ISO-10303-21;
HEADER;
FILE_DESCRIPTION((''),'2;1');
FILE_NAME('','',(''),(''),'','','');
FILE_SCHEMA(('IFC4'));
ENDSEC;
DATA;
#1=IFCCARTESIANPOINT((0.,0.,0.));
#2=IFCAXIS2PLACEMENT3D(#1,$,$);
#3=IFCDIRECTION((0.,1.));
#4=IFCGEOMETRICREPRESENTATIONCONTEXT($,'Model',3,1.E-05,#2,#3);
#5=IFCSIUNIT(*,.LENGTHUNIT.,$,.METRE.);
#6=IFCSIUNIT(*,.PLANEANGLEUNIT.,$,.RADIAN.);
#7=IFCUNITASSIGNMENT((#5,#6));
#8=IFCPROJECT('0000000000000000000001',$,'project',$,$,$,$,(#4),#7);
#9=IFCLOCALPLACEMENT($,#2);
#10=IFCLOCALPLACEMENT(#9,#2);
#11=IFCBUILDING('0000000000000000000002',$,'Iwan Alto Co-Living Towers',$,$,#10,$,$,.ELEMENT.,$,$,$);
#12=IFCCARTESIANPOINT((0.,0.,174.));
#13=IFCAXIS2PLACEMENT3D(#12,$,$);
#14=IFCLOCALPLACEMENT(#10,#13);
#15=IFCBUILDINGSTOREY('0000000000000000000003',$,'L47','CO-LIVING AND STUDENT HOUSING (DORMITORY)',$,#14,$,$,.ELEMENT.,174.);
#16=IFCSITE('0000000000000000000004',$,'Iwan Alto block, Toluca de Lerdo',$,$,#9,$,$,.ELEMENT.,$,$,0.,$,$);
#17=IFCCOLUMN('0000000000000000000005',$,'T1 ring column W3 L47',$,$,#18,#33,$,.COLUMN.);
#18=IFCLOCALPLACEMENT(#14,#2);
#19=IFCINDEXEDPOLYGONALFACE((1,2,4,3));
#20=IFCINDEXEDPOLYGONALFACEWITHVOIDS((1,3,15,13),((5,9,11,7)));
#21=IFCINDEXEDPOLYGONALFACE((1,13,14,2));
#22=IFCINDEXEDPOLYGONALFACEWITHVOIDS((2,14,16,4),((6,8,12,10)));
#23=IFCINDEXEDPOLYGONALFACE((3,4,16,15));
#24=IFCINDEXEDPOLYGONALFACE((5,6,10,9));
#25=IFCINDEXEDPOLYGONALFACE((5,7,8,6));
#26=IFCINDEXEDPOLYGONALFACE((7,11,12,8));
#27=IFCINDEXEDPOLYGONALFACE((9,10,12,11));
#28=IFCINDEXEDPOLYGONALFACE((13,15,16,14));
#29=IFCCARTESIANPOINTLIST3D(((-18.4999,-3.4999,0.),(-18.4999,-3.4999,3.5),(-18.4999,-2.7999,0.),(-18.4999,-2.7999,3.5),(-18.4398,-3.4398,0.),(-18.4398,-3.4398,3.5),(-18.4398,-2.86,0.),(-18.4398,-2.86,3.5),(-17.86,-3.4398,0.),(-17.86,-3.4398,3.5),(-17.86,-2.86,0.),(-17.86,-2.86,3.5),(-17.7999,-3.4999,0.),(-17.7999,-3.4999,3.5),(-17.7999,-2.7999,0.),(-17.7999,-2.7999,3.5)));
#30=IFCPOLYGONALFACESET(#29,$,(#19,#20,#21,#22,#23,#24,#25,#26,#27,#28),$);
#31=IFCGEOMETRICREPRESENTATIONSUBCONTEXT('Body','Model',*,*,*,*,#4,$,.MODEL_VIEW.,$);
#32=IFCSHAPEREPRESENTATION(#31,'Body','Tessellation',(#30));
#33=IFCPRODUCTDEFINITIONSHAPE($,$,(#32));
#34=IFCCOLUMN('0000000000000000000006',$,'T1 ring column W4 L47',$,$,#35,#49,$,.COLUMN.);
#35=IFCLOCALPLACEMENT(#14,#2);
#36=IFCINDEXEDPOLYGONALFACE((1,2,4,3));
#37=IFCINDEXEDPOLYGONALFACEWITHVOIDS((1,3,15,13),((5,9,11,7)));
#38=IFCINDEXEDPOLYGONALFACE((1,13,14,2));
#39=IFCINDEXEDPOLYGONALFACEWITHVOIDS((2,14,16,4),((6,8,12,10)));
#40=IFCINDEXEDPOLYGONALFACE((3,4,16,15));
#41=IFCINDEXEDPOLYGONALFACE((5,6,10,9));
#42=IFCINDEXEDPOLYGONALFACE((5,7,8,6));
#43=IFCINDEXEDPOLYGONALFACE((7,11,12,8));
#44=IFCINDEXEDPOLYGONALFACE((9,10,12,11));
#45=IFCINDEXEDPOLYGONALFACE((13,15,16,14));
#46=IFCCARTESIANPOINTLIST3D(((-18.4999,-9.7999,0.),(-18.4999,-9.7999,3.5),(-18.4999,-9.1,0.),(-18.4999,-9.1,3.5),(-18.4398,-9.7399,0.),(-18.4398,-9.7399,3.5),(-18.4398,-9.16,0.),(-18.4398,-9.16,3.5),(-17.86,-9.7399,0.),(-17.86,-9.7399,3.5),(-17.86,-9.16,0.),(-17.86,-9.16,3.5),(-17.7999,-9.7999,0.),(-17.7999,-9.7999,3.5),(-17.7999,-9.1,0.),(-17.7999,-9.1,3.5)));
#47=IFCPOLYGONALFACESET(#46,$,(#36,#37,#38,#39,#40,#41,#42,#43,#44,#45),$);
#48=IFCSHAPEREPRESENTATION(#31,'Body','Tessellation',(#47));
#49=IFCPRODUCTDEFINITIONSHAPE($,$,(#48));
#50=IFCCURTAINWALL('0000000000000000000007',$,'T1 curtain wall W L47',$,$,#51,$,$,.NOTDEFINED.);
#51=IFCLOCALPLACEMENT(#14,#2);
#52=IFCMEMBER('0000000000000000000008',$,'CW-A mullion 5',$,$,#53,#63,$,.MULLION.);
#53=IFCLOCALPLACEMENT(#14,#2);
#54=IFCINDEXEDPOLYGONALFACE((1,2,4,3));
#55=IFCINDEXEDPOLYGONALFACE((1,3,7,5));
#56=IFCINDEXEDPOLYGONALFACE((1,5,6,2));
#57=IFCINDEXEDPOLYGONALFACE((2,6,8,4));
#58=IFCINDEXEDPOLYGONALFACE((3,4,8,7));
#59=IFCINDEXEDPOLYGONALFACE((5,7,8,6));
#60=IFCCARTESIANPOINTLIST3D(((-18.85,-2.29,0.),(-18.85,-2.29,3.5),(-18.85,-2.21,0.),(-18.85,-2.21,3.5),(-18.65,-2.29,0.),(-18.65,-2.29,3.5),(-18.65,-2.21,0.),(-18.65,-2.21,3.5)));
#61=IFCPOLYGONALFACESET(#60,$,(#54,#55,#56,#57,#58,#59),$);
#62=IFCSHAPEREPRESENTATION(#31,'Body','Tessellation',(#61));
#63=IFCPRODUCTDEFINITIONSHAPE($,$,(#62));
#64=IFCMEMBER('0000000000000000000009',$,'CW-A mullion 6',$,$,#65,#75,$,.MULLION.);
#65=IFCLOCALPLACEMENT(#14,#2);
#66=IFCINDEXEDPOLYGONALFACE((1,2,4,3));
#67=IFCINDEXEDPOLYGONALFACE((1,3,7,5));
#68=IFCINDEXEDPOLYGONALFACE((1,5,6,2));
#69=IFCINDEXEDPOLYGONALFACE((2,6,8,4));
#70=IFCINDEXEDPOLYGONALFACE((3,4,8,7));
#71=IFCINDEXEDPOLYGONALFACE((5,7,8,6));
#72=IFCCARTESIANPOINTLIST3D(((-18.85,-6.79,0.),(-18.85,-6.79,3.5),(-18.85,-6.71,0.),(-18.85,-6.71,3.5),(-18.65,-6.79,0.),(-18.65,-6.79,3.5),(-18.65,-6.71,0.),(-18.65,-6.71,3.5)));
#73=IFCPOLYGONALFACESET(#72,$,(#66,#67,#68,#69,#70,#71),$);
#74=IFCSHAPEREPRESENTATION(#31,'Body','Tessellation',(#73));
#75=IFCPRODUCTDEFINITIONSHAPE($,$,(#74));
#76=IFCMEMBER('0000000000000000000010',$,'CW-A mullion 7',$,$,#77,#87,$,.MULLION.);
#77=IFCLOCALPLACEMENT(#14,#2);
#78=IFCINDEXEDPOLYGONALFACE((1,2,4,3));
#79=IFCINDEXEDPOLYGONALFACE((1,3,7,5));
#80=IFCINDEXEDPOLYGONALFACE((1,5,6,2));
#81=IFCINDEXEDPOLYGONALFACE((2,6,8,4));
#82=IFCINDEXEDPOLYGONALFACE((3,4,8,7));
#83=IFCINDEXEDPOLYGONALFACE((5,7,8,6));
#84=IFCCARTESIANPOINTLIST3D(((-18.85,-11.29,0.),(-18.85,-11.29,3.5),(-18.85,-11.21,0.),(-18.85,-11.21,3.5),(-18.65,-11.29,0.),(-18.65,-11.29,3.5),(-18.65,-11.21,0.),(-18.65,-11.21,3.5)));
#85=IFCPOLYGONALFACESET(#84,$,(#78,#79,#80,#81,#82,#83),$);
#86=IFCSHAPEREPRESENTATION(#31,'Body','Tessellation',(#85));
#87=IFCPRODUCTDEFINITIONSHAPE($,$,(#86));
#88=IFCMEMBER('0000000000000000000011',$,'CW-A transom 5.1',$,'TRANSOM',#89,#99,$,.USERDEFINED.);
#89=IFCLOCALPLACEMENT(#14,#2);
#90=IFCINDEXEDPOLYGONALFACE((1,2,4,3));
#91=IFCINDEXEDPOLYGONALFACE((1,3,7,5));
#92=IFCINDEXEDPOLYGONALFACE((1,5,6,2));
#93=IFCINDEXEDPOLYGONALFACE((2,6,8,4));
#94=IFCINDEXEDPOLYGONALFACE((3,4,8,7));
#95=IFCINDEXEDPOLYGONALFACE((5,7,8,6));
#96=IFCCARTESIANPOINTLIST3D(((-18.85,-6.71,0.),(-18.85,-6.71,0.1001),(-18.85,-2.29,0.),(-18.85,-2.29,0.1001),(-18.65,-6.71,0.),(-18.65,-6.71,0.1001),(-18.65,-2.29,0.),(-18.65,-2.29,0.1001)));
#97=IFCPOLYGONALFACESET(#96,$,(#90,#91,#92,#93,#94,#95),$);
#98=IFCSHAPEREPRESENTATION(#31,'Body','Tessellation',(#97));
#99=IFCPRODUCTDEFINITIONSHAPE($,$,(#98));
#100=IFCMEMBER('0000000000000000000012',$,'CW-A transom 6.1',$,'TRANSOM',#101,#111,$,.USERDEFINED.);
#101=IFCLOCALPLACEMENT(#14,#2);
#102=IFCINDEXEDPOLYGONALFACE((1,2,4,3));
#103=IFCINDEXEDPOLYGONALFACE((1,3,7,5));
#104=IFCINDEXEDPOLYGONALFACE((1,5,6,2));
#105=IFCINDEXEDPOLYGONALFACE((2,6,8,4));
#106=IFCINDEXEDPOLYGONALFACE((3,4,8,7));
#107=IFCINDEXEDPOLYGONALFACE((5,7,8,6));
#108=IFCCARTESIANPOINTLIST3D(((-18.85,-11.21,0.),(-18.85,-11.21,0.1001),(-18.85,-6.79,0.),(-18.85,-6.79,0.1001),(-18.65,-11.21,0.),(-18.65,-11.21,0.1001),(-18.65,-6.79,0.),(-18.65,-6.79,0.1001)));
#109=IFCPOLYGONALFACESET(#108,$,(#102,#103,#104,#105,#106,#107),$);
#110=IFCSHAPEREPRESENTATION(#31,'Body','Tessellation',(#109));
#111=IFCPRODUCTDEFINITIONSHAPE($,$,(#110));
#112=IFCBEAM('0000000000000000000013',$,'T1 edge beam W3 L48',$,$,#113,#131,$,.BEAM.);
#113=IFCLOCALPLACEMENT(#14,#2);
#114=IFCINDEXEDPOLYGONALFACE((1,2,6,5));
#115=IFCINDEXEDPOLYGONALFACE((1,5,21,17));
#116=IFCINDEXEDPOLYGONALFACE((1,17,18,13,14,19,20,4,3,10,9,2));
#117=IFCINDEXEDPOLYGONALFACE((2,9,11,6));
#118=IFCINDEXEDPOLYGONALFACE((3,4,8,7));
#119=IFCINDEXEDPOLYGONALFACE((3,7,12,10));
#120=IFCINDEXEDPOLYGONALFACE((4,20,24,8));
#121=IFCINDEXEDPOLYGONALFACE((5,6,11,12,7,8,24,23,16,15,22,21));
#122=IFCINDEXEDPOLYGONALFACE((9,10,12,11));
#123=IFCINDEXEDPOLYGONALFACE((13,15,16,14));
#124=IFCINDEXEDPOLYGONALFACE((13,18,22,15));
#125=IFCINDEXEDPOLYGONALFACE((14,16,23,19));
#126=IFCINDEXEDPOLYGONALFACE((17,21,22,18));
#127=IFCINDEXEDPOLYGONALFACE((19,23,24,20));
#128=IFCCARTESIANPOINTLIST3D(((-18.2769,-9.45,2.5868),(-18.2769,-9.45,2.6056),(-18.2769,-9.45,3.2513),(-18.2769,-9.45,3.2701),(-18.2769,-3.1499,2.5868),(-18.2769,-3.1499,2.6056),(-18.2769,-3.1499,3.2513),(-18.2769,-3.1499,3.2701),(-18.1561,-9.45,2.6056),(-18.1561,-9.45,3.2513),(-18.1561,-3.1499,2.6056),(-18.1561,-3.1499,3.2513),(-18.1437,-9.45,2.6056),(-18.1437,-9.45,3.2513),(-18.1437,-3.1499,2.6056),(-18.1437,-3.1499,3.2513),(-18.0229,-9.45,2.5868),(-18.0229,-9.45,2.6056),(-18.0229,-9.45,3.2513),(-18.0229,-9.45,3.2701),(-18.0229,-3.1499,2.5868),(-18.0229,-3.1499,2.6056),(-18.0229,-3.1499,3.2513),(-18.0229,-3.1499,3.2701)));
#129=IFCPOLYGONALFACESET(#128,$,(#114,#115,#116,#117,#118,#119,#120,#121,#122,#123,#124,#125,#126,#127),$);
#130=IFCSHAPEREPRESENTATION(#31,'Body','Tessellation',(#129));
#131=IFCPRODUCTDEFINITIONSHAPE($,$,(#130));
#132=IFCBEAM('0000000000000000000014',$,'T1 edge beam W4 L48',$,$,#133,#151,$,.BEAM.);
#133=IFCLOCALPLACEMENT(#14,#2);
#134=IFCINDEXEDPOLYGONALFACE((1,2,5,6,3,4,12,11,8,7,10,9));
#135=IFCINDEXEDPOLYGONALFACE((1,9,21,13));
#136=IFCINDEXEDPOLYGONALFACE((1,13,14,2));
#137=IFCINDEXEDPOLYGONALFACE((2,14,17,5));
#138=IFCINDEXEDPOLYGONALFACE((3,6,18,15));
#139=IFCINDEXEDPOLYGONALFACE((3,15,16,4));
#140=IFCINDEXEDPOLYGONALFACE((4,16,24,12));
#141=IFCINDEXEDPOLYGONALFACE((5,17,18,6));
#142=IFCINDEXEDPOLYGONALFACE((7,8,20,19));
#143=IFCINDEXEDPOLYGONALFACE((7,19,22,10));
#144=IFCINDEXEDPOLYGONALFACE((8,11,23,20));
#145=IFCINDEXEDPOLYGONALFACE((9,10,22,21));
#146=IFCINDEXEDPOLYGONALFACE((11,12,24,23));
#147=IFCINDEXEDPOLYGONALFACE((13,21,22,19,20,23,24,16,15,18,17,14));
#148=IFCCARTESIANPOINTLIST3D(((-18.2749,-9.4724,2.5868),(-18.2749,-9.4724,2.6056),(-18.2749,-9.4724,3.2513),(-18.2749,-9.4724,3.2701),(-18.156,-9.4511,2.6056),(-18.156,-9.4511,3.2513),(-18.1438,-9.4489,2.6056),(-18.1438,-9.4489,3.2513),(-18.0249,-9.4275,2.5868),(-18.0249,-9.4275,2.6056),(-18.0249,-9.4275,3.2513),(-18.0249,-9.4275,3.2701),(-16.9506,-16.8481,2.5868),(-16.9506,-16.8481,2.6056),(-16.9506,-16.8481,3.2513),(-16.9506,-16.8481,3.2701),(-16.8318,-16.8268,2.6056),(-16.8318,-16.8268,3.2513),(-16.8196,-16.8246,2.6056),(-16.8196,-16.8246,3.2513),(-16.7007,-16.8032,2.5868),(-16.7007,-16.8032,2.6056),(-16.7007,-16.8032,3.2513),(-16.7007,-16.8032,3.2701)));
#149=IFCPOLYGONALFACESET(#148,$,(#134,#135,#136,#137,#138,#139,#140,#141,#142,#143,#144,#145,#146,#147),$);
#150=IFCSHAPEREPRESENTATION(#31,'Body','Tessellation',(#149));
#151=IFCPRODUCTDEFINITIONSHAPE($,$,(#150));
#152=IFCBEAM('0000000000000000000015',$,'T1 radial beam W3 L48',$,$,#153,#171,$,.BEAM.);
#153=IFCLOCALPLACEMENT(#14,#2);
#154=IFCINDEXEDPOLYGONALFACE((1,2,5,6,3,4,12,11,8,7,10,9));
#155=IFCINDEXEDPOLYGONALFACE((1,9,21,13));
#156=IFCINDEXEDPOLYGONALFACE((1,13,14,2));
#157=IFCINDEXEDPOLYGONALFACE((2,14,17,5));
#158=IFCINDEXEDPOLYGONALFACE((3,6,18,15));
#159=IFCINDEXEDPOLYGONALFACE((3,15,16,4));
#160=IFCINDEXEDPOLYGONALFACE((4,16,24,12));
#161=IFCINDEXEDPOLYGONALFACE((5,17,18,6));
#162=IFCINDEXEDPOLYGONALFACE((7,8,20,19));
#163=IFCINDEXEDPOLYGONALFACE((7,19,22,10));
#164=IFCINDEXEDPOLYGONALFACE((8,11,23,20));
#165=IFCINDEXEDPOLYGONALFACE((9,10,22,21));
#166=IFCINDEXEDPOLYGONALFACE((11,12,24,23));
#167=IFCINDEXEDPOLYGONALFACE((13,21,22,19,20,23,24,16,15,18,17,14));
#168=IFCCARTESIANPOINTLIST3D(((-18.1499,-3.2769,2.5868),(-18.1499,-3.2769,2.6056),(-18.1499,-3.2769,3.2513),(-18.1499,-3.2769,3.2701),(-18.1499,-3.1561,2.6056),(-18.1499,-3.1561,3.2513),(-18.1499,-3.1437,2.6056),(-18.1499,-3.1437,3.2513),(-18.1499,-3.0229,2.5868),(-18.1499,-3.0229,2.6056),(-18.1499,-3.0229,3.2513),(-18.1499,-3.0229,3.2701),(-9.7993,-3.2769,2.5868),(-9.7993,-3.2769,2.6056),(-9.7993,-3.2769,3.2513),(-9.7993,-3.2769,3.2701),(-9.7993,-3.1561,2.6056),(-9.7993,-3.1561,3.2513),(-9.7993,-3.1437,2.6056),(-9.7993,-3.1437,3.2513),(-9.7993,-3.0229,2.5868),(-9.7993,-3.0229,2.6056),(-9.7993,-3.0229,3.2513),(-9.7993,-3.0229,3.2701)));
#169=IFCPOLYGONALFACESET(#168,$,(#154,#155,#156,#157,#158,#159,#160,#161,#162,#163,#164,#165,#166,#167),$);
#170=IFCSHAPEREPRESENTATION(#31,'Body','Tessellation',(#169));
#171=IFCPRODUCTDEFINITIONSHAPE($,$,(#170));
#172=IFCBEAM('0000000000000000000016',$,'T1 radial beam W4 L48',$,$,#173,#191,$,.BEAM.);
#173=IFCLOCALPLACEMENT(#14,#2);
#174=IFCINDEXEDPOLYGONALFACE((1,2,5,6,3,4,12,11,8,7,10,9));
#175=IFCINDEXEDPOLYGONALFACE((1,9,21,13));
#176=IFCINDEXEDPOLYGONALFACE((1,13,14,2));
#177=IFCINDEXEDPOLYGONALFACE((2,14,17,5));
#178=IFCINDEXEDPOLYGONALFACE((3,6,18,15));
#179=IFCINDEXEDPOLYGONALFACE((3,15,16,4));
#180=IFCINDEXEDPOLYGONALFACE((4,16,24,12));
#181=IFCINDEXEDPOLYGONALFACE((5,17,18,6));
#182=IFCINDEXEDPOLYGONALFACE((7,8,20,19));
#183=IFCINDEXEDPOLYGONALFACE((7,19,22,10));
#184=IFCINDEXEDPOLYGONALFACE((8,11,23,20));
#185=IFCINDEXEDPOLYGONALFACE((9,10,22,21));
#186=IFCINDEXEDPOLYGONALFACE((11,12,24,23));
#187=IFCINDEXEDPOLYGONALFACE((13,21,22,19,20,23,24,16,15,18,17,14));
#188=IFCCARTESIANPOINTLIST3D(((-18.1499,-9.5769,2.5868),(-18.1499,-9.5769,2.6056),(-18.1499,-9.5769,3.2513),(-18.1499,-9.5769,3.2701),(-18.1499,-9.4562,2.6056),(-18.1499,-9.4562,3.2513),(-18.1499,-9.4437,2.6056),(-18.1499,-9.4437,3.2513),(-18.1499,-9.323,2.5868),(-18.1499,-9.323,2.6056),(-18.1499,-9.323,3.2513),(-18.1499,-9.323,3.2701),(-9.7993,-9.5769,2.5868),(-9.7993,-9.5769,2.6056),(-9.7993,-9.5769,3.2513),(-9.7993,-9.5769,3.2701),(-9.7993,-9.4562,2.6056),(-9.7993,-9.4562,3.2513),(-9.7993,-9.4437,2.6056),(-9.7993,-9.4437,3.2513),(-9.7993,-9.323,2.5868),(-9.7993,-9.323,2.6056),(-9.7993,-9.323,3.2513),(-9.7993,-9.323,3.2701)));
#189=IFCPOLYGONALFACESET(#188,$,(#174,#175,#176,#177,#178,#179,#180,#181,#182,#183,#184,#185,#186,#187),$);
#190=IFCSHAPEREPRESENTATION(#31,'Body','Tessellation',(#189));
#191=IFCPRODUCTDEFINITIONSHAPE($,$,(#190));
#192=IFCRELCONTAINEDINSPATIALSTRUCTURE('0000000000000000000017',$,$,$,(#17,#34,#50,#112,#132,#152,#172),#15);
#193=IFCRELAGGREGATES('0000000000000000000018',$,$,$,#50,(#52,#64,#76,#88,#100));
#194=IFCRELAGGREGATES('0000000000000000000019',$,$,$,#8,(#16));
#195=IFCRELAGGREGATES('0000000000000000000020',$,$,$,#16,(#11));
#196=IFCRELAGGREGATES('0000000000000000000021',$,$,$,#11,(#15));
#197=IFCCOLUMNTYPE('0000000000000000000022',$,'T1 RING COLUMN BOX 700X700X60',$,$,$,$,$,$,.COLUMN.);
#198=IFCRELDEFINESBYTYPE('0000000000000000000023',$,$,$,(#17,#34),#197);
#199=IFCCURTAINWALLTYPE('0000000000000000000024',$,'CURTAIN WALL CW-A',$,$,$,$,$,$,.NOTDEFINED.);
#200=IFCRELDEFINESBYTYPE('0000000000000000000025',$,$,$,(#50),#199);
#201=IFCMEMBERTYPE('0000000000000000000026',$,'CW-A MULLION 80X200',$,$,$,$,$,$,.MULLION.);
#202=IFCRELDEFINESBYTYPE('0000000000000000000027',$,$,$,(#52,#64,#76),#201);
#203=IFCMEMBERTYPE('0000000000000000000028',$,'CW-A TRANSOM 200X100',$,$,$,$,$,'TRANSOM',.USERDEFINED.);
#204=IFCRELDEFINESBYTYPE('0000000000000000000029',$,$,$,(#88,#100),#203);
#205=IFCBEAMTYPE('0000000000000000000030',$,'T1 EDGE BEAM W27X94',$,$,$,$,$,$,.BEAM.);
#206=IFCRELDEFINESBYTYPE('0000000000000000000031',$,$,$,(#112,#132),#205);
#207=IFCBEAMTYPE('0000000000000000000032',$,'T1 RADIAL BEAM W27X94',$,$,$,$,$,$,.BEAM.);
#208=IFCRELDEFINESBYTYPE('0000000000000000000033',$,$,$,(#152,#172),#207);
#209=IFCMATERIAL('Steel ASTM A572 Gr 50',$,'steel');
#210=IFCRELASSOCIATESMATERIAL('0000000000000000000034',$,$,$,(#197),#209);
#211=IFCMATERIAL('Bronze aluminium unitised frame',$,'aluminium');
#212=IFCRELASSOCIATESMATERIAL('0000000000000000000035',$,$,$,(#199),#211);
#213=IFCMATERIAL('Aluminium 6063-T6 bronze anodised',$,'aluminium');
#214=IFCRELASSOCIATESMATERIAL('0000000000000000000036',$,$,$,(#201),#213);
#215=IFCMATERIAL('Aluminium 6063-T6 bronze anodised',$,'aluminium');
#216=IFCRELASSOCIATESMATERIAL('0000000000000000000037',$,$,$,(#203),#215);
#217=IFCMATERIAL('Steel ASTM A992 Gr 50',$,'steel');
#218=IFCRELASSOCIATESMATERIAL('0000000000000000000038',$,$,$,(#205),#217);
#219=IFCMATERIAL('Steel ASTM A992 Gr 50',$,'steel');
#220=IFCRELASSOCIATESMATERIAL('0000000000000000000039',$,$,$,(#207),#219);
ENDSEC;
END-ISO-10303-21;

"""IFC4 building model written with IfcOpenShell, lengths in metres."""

from ifc_helpers import new_model, si_unit, direction, frame, origin, origin_2d, place, context, subcontext, project, spatial, rectangle, hollow_rectangle, i_section, extrude, material, material_profile, profile_set, type_object, element, aggregate, save


model = new_model("IFC4")

# Units and contexts
model_context = context("Model", 3, precision=1e-05, world=origin(), true_north=direction((0.0, 1.0)))
body_context = subcontext(model_context, "Body", "Model", "MODEL_VIEW")
ifc_project = project(units=[si_unit("LENGTHUNIT", "METRE"), si_unit("PLANEANGLEUNIT", "RADIAN")], contexts=[model_context])

# Site, building, storey
site_placement = place(None, origin())
site = spatial("IfcSite", under=ifc_project, at=site_placement, Name="Iwan Alto block, Toluca de Lerdo", CompositionType="ELEMENT", RefElevation=0.0)
building_placement = place(site_placement, origin())
building = spatial("IfcBuilding", under=site, at=building_placement, Name="Iwan Alto Co-Living Towers", CompositionType="ELEMENT")
storey_placement = place(building_placement, frame((0.0, 0.0, 174.0)))
storey = spatial("IfcBuildingStorey", under=building, at=storey_placement, Name="L47", Description="CO-LIVING AND STUDENT HOUSING (DORMITORY)", CompositionType="ELEMENT", Elevation=174.0)

# Columns
ifc_material_1 = material(Name="Steel ASTM A572 Gr 50", Category="steel")
ifc_material_profile_1 = material_profile(ifc_material_1, hollow_rectangle(XDim=0.7, YDim=0.7, WallThickness=0.0601, at=origin_2d()), Name="BOX 700X700X60")
ifc_profile_set_1 = profile_set([ifc_material_profile_1], Name="Steel ASTM A572 Gr 50")
column_type = type_object("IfcColumnType", Name="T1 RING COLUMN BOX 700X700X60", PredefinedType="COLUMN", material=ifc_profile_set_1)
for number, where, z_axis, x_axis, name in (
    (1, (-18.1499, -3.1499, 0.0), (0.0, 0.0, 1.0), (1.0, 0.0, 0.0), "T1 ring column W3 L47"),
    (2, (-18.1499, -9.45, 0.0), (0.0, 0.0, 1.0), (1.0, 0.0, 0.0), "T1 ring column W4 L47"),
):
    element("IfcColumn", number, at=place(storey_placement, frame(where, z_axis=z_axis, x_axis=x_axis)), inside=storey, type_object=column_type, Name=name, PredefinedType="COLUMN", context=body_context, shape_type="SweptSolid", body=[
        extrude(hollow_rectangle(XDim=0.7, YDim=0.7, WallThickness=0.0601, at=origin_2d()), origin(), (0.0, 0.0, 1.0), 3.5),
    ])

# Curtain wall, members
ifc_material_2 = material(Name="Bronze aluminium unitised frame", Category="aluminium")
curtain_wall_type = type_object("IfcCurtainWallType", Name="CURTAIN WALL CW-A", PredefinedType="NOTDEFINED", material=ifc_material_2)
curtain_wall_placement = place(storey_placement, origin())
curtain_wall = element("IfcCurtainWall", 3, at=curtain_wall_placement, inside=storey, type_object=curtain_wall_type, Name="T1 curtain wall W L47", PredefinedType="NOTDEFINED")
ifc_material_3 = material(Name="Aluminium 6063-T6 bronze anodised", Category="aluminium")
ifc_material_profile_2 = material_profile(ifc_material_3, rectangle(XDim=0.2, YDim=0.0801, at=origin_2d()), Name="AL 80X200")
ifc_profile_set_2 = profile_set([ifc_material_profile_2], Name="Aluminium 6063-T6 bronze anodised")
member_type_1 = type_object("IfcMemberType", Name="CW-A MULLION 80X200", PredefinedType="MULLION", material=ifc_profile_set_2)
member_1_placement = place(storey_placement, frame((-18.75, -2.25, 0.0), z_axis=(0.0, 0.0, 1.0), x_axis=(1.0, 0.0, 0.0)))
member_1 = element("IfcMember", 4, at=member_1_placement, type_object=member_type_1, Name="CW-A mullion 5", PredefinedType="MULLION", context=body_context, shape_type="SweptSolid", body=[
    extrude(rectangle(XDim=0.2, YDim=0.0801, at=origin_2d()), origin(), (0.0, 0.0, 1.0), 3.5),
])
member_2_placement = place(storey_placement, frame((-18.75, -6.75, 0.0), z_axis=(0.0, 0.0, 1.0), x_axis=(1.0, 0.0, 0.0)))
member_2 = element("IfcMember", 5, at=member_2_placement, type_object=member_type_1, Name="CW-A mullion 6", PredefinedType="MULLION", context=body_context, shape_type="SweptSolid", body=[
    extrude(rectangle(XDim=0.2, YDim=0.0801, at=origin_2d()), origin(), (0.0, 0.0, 1.0), 3.5),
])
member_3_placement = place(storey_placement, frame((-18.75, -11.25, 0.0), z_axis=(0.0, 0.0, 1.0), x_axis=(1.0, 0.0, 0.0)))
member_3 = element("IfcMember", 6, at=member_3_placement, type_object=member_type_1, Name="CW-A mullion 7", PredefinedType="MULLION", context=body_context, shape_type="SweptSolid", body=[
    extrude(rectangle(XDim=0.2, YDim=0.0801, at=origin_2d()), origin(), (0.0, 0.0, 1.0), 3.5),
])
ifc_material_4 = material(Name="Aluminium 6063-T6 bronze anodised", Category="aluminium")
ifc_material_profile_3 = material_profile(ifc_material_4, rectangle(XDim=0.2, YDim=0.1001, at=origin_2d()), Name="AL 200X100")
ifc_profile_set_3 = profile_set([ifc_material_profile_3], Name="Aluminium 6063-T6 bronze anodised")
member_type_2 = type_object("IfcMemberType", Name="CW-A TRANSOM 200X100", ElementType="TRANSOM", PredefinedType="USERDEFINED", material=ifc_profile_set_3)
member_4_placement = place(storey_placement, frame((-18.75, -2.29, 0.05), z_axis=(0.0, -1.0, 0.0), x_axis=(1.0, 0.0, 0.0)))
member_4 = element("IfcMember", 7, at=member_4_placement, type_object=member_type_2, Name="CW-A transom 5.1", ObjectType="TRANSOM", PredefinedType="USERDEFINED", context=body_context, shape_type="SweptSolid", body=[
    extrude(rectangle(XDim=0.2, YDim=0.1001, at=origin_2d()), origin(), (0.0, 0.0, 1.0), 4.4199),
])
member_5_placement = place(storey_placement, frame((-18.75, -6.79, 0.05), z_axis=(0.0, -1.0, 0.0), x_axis=(1.0, 0.0, 0.0)))
member_5 = element("IfcMember", 8, at=member_5_placement, type_object=member_type_2, Name="CW-A transom 6.1", ObjectType="TRANSOM", PredefinedType="USERDEFINED", context=body_context, shape_type="SweptSolid", body=[
    extrude(rectangle(XDim=0.2, YDim=0.1001, at=origin_2d()), origin(), (0.0, 0.0, 1.0), 4.4199),
])

# Beams
ifc_material_5 = material(Name="Steel ASTM A992 Gr 50", Category="steel")
ifc_material_profile_4 = material_profile(ifc_material_5, i_section(OverallWidth=0.2539, OverallDepth=0.6833, WebThickness=0.0125, FlangeThickness=0.0188, at=origin_2d()), Name="W27X94")
ifc_profile_set_4 = profile_set([ifc_material_profile_4], Name="Steel ASTM A992 Gr 50")
beam_type_1 = type_object("IfcBeamType", Name="T1 EDGE BEAM W27X94", PredefinedType="BEAM", material=ifc_profile_set_4)
beam_1_placement = place(storey_placement, frame((-18.1499, -3.1499, 2.9285), z_axis=(0.0, -1.0, 0.0), x_axis=(1.0, 0.0, 0.0)))
element("IfcBeam", 9, at=beam_1_placement, inside=storey, type_object=beam_type_1, Name="T1 edge beam W3 L48", PredefinedType="BEAM", context=body_context, shape_type="SweptSolid", body=[
    extrude(i_section(OverallWidth=0.2539, OverallDepth=0.6833, WebThickness=0.0125, FlangeThickness=0.0188, at=origin_2d()), origin(), (0.0, 0.0, 1.0), 6.3),
])
beam_2_placement = place(storey_placement, frame((-18.1499, -9.45, 2.9285), z_axis=(0.176712, -0.984263, 0.0), x_axis=(0.984263, 0.176712, 0.0)))
element("IfcBeam", 10, at=beam_2_placement, inside=storey, type_object=beam_type_1, Name="T1 edge beam W4 L48", PredefinedType="BEAM", context=body_context, shape_type="SweptSolid", body=[
    extrude(i_section(OverallWidth=0.2539, OverallDepth=0.6833, WebThickness=0.0125, FlangeThickness=0.0188, at=origin_2d()), origin(), (0.0, 0.0, 1.0), 7.4937),
])
ifc_material_6 = material(Name="Steel ASTM A992 Gr 50", Category="steel")
ifc_material_profile_5 = material_profile(ifc_material_6, i_section(OverallWidth=0.2539, OverallDepth=0.6833, WebThickness=0.0125, FlangeThickness=0.0188, at=origin_2d()), Name="W27X94")
ifc_profile_set_5 = profile_set([ifc_material_profile_5], Name="Steel ASTM A992 Gr 50")
beam_type_2 = type_object("IfcBeamType", Name="T1 RADIAL BEAM W27X94", PredefinedType="BEAM", material=ifc_profile_set_5)
for number, where, z_axis, x_axis, name in (
    (11, (-18.1499, -3.1499, 2.9285), (1.0, 0.0, 0.0), (0.0, 1.0, 0.0), "T1 radial beam W3 L48"),
    (12, (-18.1499, -9.45, 2.9285), (1.0, 0.0, 0.0), (0.0, 1.0, 0.0), "T1 radial beam W4 L48"),
):
    element("IfcBeam", number, at=place(storey_placement, frame(where, z_axis=z_axis, x_axis=x_axis)), inside=storey, type_object=beam_type_2, Name=name, PredefinedType="BEAM", context=body_context, shape_type="SweptSolid", body=[
        extrude(i_section(OverallWidth=0.2539, OverallDepth=0.6833, WebThickness=0.0125, FlangeThickness=0.0188, at=origin_2d()), origin(), (0.0, 0.0, 1.0), 8.3506),
    ])

aggregate(curtain_wall, [member_1, member_2, member_3, member_4, member_5])

save(model, "model.ifc")
